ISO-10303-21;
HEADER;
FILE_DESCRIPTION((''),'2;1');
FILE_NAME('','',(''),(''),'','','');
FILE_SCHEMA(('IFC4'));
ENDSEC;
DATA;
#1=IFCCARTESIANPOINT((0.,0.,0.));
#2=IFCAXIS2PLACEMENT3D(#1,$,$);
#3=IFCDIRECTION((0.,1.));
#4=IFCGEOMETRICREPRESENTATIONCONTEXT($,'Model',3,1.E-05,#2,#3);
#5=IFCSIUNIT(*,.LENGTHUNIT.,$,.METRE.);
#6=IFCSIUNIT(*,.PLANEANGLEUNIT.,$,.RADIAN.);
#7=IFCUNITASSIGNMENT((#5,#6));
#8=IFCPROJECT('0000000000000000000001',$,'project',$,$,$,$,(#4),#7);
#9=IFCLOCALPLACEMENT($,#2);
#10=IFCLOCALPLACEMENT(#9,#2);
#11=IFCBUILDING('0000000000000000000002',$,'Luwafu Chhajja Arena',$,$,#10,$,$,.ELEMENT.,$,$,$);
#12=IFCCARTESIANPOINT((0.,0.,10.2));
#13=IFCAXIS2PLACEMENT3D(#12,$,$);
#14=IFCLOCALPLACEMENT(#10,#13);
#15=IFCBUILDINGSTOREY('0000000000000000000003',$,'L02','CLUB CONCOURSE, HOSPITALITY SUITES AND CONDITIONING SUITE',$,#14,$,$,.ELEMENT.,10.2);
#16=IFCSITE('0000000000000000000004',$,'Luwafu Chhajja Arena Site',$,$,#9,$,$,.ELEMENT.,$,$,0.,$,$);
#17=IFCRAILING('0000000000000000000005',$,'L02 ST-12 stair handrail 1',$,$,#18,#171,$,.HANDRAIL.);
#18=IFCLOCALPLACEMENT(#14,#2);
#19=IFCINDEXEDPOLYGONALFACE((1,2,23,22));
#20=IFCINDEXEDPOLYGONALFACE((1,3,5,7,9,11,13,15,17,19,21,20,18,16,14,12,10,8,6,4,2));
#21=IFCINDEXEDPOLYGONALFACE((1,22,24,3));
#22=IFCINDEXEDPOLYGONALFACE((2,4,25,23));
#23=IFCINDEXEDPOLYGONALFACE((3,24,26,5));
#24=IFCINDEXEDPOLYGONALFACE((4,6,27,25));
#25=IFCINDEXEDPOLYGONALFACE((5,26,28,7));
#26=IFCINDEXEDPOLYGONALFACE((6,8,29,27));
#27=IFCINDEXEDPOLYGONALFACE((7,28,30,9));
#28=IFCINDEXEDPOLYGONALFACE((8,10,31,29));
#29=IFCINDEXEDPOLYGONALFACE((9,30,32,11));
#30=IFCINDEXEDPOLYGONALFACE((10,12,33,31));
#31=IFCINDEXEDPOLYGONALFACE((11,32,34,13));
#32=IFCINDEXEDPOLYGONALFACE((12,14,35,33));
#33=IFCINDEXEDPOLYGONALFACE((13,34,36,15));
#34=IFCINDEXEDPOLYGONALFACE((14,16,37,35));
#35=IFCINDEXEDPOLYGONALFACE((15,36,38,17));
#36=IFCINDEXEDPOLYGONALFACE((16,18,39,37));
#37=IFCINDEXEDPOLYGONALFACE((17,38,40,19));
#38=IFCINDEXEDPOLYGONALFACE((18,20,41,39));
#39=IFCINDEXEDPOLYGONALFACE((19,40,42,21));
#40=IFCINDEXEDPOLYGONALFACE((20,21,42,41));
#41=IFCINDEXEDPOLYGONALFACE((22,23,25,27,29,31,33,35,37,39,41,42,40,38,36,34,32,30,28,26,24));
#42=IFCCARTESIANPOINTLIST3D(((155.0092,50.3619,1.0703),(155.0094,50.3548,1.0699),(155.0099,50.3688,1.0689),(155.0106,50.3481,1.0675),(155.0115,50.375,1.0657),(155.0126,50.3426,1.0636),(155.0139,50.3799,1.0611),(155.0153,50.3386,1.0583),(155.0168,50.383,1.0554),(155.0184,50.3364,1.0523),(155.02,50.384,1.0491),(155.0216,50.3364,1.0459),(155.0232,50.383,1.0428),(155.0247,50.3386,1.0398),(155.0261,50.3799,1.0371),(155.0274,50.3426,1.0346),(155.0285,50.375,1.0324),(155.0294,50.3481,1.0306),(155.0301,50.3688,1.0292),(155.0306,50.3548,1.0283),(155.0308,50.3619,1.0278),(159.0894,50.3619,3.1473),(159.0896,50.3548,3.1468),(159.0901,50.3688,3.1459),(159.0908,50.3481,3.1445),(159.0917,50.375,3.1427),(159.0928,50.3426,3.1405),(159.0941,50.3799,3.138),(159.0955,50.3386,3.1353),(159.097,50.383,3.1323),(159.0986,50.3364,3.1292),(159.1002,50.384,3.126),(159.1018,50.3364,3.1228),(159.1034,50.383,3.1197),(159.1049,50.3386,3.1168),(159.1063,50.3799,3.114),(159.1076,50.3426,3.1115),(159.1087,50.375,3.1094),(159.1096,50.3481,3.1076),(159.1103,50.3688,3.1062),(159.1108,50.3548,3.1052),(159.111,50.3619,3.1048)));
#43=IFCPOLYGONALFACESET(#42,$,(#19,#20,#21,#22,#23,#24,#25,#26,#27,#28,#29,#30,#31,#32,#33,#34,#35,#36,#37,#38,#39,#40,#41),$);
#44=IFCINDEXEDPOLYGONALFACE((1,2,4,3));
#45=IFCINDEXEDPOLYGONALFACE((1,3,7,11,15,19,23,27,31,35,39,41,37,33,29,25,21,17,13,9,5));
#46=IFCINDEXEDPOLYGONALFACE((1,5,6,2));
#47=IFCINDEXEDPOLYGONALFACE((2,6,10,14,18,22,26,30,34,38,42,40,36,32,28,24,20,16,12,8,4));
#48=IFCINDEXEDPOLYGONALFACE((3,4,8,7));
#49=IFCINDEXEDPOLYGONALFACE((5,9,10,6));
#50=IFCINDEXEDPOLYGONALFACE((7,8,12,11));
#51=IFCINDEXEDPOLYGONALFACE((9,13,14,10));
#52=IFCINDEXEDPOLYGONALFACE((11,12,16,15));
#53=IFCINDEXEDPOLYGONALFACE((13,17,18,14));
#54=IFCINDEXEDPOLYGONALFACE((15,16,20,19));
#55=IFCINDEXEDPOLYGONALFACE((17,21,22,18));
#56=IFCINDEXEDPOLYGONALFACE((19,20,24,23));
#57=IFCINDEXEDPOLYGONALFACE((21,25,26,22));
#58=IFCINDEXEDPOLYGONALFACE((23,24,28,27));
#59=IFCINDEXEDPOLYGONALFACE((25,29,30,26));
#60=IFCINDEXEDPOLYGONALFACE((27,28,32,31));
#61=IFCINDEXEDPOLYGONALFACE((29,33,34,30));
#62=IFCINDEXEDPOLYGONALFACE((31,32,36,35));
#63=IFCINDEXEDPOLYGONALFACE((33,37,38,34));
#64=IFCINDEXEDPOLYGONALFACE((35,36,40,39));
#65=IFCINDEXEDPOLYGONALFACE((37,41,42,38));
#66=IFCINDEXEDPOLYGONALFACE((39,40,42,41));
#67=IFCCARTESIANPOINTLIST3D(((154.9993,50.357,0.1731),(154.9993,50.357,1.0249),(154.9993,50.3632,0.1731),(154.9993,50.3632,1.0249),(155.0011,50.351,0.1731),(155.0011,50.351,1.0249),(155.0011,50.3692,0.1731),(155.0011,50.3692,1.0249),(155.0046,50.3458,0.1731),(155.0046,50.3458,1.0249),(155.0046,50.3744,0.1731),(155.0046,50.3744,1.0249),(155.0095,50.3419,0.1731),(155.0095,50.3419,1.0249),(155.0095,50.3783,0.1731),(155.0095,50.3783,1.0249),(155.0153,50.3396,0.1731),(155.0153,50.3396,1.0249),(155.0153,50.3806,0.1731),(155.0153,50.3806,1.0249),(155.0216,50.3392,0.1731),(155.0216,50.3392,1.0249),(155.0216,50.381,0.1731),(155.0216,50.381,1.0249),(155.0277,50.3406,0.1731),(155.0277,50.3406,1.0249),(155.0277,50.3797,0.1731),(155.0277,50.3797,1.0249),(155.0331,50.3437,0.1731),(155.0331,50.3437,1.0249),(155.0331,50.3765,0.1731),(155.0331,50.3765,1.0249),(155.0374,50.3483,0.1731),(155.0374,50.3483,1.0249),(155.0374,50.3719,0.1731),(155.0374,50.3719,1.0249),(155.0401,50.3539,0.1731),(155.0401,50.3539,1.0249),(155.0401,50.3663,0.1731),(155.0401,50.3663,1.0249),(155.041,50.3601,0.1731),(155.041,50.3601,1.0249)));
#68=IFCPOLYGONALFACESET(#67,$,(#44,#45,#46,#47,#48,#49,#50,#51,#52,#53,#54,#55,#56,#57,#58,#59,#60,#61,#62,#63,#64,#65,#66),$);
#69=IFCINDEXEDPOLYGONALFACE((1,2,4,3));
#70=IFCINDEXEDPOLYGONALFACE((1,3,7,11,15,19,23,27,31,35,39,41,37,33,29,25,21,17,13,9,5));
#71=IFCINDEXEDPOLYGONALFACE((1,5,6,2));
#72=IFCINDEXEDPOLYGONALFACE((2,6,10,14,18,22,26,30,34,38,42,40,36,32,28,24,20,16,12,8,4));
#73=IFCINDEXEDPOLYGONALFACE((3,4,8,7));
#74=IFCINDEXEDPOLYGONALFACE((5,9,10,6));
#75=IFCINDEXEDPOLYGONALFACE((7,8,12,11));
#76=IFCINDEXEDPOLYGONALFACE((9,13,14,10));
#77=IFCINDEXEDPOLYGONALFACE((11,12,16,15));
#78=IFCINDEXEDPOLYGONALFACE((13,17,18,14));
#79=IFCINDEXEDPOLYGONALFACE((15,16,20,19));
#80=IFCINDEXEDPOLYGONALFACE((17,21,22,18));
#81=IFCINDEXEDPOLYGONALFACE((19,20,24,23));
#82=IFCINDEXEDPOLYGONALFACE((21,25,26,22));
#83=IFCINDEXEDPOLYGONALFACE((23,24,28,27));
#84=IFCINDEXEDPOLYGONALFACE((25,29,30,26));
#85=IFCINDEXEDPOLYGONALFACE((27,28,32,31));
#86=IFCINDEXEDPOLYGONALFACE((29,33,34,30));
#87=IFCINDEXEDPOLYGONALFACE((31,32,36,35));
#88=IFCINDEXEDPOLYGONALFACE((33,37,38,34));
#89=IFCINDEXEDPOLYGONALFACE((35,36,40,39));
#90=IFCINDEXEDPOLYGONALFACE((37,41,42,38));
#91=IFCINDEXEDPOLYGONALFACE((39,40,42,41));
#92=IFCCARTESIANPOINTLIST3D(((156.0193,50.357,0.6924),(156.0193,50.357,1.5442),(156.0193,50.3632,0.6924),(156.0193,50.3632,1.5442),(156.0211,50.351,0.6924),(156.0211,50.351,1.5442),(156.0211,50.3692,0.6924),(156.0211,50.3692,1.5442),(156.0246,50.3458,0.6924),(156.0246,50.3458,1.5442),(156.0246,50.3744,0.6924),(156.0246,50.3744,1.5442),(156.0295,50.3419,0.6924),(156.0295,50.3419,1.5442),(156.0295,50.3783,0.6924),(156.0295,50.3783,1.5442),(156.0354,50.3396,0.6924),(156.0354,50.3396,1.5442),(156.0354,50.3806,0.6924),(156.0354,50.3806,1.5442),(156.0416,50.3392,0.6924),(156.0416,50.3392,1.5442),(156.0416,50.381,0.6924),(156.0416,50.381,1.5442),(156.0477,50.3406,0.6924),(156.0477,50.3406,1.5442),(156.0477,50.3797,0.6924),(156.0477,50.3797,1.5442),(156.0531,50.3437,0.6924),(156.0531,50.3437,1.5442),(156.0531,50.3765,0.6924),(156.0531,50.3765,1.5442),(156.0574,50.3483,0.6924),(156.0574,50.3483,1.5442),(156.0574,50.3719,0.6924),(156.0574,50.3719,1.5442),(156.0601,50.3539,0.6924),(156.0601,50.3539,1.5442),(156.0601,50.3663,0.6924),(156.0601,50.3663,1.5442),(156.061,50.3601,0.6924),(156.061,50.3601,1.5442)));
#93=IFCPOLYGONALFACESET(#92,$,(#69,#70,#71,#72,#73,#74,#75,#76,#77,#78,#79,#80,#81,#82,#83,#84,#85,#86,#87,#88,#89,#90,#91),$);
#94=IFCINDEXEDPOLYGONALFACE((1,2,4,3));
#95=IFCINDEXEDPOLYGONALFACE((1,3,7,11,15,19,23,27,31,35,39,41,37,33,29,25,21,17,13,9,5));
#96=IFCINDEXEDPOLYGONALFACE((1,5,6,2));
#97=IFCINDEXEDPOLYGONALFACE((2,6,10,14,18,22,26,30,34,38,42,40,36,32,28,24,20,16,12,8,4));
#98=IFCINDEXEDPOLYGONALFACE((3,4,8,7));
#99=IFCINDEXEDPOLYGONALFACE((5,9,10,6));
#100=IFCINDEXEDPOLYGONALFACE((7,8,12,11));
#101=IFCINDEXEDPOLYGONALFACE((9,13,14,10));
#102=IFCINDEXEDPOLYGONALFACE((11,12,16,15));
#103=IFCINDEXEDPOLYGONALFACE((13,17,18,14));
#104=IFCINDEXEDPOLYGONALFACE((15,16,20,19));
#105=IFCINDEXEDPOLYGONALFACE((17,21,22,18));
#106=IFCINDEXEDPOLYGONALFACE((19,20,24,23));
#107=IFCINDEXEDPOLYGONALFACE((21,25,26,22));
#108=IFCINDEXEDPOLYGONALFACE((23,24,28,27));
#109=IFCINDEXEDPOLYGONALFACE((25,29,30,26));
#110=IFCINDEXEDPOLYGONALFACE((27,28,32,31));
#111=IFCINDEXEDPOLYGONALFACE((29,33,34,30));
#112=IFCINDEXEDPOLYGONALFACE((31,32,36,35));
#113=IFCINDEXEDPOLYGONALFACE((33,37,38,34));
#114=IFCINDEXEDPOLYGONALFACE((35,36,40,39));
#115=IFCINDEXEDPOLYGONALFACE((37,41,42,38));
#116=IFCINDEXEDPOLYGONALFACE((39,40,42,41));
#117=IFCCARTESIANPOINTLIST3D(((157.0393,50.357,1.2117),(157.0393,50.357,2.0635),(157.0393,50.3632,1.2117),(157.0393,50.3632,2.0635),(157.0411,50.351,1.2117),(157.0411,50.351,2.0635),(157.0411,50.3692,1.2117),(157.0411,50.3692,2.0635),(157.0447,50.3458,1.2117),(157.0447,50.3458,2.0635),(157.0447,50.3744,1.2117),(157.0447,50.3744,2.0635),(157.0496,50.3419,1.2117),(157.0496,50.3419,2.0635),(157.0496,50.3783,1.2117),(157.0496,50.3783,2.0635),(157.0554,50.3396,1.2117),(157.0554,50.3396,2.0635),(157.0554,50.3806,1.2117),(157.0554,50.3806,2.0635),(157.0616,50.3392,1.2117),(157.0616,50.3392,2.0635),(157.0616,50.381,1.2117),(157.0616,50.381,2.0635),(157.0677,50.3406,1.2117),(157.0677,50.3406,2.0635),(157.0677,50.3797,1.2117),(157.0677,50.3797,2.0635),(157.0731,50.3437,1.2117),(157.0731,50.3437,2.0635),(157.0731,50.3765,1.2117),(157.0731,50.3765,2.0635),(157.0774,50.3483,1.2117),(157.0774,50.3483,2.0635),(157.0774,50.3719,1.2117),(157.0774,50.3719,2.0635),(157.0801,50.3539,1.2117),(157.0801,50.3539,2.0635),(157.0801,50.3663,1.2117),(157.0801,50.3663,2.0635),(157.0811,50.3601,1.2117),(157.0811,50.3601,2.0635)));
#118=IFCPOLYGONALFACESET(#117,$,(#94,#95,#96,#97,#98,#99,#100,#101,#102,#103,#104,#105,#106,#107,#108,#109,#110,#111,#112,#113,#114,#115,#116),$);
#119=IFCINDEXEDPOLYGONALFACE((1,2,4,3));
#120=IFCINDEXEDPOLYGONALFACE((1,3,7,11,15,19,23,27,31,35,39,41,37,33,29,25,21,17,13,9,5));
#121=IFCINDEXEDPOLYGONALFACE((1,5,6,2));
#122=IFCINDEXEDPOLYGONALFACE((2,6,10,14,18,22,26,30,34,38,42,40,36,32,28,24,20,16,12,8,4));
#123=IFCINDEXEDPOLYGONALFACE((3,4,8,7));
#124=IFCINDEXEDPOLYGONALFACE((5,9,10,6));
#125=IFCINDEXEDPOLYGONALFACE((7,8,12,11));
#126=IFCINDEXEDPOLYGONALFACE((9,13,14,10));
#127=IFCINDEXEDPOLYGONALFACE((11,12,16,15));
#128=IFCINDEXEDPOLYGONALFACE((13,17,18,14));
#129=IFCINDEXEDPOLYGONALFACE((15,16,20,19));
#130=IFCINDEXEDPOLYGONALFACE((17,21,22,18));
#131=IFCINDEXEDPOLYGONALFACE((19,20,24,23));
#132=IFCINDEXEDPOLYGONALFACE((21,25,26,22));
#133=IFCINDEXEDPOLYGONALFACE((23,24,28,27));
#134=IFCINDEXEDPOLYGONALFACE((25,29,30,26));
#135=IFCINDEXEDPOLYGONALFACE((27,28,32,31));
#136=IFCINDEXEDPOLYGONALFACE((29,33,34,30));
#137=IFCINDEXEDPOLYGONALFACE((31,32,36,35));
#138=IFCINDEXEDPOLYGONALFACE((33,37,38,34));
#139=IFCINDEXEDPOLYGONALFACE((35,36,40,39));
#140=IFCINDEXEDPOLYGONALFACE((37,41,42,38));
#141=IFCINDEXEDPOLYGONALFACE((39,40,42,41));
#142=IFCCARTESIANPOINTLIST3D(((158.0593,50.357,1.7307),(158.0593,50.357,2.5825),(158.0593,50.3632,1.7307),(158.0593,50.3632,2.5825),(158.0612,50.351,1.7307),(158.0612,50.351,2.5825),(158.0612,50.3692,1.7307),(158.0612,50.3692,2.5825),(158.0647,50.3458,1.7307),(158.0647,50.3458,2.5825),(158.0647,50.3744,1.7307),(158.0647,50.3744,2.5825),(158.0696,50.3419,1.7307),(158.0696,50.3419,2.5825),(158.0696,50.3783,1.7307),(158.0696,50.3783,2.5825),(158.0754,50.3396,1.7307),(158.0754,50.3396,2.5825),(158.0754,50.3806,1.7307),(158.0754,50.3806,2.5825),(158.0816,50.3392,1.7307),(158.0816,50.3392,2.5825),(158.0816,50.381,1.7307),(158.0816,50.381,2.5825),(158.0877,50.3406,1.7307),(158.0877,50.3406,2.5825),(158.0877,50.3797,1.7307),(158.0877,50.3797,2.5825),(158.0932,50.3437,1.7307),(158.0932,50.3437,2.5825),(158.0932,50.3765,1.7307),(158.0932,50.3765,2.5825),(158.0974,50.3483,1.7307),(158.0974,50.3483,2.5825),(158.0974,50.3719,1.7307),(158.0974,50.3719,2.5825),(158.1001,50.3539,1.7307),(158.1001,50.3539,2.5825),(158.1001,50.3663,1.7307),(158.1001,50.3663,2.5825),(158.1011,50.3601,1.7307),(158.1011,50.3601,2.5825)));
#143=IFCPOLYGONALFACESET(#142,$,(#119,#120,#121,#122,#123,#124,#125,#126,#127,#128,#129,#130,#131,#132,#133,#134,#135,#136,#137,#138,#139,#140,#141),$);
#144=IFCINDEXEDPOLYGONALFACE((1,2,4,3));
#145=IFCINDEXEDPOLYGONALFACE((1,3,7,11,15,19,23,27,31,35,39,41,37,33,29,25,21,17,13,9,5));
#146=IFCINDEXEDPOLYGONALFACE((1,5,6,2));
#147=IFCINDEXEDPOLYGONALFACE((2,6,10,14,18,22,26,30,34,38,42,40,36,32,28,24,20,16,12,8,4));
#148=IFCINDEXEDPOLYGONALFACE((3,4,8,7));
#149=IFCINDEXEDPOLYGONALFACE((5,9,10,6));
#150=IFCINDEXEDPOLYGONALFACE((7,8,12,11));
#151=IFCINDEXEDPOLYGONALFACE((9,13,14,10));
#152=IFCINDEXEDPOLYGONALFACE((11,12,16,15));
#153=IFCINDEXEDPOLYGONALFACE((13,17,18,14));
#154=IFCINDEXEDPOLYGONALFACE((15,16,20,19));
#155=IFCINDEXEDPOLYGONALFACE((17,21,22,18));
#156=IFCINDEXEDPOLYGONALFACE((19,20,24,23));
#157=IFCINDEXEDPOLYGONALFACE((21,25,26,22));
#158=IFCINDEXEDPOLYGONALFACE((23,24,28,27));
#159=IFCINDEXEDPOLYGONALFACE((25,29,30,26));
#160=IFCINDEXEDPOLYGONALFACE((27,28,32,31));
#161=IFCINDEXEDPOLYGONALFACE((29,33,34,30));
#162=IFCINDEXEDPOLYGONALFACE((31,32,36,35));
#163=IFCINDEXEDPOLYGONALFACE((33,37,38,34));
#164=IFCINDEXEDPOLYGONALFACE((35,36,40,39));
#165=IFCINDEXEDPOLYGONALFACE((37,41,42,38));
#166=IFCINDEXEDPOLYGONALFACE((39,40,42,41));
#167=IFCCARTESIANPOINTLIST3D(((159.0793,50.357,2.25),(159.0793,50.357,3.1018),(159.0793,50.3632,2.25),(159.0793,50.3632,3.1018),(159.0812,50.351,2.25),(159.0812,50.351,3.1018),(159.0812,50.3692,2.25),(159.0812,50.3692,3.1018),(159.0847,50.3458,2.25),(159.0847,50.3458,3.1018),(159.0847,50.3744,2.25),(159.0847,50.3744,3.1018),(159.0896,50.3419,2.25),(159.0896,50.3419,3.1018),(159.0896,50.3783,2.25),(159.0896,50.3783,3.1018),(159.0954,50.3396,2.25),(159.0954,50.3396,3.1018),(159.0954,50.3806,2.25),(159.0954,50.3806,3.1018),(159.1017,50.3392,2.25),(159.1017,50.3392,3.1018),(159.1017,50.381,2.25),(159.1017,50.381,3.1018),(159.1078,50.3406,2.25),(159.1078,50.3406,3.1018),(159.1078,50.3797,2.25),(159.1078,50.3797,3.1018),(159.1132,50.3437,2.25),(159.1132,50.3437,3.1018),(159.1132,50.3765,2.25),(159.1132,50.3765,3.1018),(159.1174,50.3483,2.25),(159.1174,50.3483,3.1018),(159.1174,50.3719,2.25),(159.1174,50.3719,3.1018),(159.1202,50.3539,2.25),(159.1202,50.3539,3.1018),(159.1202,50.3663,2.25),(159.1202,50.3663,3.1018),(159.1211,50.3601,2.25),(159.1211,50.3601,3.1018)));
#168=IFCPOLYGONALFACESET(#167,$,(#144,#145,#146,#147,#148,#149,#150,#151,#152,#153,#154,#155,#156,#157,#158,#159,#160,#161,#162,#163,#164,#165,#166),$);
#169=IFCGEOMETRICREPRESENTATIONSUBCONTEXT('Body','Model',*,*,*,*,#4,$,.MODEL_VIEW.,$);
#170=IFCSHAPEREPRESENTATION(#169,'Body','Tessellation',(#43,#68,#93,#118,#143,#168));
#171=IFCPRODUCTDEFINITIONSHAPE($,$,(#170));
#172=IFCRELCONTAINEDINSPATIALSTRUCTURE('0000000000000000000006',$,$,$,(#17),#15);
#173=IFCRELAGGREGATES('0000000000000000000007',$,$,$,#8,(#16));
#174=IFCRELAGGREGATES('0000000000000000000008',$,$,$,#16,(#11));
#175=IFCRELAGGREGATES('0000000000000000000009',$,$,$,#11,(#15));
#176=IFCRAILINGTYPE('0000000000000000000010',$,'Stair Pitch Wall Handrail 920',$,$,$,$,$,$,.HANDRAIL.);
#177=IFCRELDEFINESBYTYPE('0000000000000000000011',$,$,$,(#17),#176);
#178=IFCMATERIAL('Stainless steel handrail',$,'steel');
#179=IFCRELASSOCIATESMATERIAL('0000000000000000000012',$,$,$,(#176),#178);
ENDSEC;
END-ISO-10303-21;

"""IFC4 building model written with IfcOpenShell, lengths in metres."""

from ifc_helpers import new_model, si_unit, direction, frame, origin, origin_2d, place, context, subcontext, project, spatial, circle, extrude, material, type_object, element, save


model = new_model("IFC4")

# Units and contexts
model_context = context("Model", 3, precision=1e-05, world=origin(), true_north=direction((0.0, 1.0)))
body_context = subcontext(model_context, "Body", "Model", "MODEL_VIEW")
ifc_project = project(units=[si_unit("LENGTHUNIT", "METRE"), si_unit("PLANEANGLEUNIT", "RADIAN")], contexts=[model_context])

# Site, building, storey
site_placement = place(None, origin())
site = spatial("IfcSite", under=ifc_project, at=site_placement, Name="Luwafu Chhajja Arena Site", CompositionType="ELEMENT", RefElevation=0.0)
building_placement = place(site_placement, origin())
building = spatial("IfcBuilding", under=site, at=building_placement, Name="Luwafu Chhajja Arena", CompositionType="ELEMENT")
storey_placement = place(building_placement, frame((0.0, 0.0, 10.2)))
storey = spatial("IfcBuildingStorey", under=building, at=storey_placement, Name="L02", Description="CLUB CONCOURSE, HOSPITALITY SUITES AND CONDITIONING SUITE", CompositionType="ELEMENT", Elevation=10.2)

# Railing
ifc_material_1 = material(Name="Stainless steel handrail", Category="steel")
railing_type_1 = type_object("IfcRailingType", Name="Stair Pitch Wall Handrail 920", PredefinedType="HANDRAIL", material=ifc_material_1)
railing_1_placement = place(storey_placement, frame((155.02, 50.3601, 0.1731)))
element("IfcRailing", 1, at=railing_1_placement, inside=storey, type_object=railing_type_1, Name="L02 ST-12 stair handrail 1", PredefinedType="HANDRAIL", context=body_context, shape_type="SweptSolid", body=[
    extrude(circle(Radius=0.0239, at=origin_2d()), frame((0.0, 0.0, 0.876), z_axis=(0.891183, 0.0, 0.453644), x_axis=(0.0, 1.0, 0.0)), (0.0, 0.0, 1.0), 4.5784),
    extrude(circle(Radius=0.021, at=origin_2d()), origin(), (0.0, 0.0, 1.0), 0.8518),
    extrude(circle(Radius=0.021, at=origin_2d()), frame((1.02, 0.0, 0.5193)), (0.0, 0.0, 1.0), 0.8518),
    extrude(circle(Radius=0.021, at=origin_2d()), frame((2.04, 0.0, 1.0386)), (0.0, 0.0, 1.0), 0.8518),
    extrude(circle(Radius=0.021, at=origin_2d()), frame((3.0601, 0.0, 1.5576)), (0.0, 0.0, 1.0), 0.8518),
    extrude(circle(Radius=0.021, at=origin_2d()), frame((4.0801, 0.0, 2.0769)), (0.0, 0.0, 1.0), 0.8518),
])

save(model, "model.ifc")
